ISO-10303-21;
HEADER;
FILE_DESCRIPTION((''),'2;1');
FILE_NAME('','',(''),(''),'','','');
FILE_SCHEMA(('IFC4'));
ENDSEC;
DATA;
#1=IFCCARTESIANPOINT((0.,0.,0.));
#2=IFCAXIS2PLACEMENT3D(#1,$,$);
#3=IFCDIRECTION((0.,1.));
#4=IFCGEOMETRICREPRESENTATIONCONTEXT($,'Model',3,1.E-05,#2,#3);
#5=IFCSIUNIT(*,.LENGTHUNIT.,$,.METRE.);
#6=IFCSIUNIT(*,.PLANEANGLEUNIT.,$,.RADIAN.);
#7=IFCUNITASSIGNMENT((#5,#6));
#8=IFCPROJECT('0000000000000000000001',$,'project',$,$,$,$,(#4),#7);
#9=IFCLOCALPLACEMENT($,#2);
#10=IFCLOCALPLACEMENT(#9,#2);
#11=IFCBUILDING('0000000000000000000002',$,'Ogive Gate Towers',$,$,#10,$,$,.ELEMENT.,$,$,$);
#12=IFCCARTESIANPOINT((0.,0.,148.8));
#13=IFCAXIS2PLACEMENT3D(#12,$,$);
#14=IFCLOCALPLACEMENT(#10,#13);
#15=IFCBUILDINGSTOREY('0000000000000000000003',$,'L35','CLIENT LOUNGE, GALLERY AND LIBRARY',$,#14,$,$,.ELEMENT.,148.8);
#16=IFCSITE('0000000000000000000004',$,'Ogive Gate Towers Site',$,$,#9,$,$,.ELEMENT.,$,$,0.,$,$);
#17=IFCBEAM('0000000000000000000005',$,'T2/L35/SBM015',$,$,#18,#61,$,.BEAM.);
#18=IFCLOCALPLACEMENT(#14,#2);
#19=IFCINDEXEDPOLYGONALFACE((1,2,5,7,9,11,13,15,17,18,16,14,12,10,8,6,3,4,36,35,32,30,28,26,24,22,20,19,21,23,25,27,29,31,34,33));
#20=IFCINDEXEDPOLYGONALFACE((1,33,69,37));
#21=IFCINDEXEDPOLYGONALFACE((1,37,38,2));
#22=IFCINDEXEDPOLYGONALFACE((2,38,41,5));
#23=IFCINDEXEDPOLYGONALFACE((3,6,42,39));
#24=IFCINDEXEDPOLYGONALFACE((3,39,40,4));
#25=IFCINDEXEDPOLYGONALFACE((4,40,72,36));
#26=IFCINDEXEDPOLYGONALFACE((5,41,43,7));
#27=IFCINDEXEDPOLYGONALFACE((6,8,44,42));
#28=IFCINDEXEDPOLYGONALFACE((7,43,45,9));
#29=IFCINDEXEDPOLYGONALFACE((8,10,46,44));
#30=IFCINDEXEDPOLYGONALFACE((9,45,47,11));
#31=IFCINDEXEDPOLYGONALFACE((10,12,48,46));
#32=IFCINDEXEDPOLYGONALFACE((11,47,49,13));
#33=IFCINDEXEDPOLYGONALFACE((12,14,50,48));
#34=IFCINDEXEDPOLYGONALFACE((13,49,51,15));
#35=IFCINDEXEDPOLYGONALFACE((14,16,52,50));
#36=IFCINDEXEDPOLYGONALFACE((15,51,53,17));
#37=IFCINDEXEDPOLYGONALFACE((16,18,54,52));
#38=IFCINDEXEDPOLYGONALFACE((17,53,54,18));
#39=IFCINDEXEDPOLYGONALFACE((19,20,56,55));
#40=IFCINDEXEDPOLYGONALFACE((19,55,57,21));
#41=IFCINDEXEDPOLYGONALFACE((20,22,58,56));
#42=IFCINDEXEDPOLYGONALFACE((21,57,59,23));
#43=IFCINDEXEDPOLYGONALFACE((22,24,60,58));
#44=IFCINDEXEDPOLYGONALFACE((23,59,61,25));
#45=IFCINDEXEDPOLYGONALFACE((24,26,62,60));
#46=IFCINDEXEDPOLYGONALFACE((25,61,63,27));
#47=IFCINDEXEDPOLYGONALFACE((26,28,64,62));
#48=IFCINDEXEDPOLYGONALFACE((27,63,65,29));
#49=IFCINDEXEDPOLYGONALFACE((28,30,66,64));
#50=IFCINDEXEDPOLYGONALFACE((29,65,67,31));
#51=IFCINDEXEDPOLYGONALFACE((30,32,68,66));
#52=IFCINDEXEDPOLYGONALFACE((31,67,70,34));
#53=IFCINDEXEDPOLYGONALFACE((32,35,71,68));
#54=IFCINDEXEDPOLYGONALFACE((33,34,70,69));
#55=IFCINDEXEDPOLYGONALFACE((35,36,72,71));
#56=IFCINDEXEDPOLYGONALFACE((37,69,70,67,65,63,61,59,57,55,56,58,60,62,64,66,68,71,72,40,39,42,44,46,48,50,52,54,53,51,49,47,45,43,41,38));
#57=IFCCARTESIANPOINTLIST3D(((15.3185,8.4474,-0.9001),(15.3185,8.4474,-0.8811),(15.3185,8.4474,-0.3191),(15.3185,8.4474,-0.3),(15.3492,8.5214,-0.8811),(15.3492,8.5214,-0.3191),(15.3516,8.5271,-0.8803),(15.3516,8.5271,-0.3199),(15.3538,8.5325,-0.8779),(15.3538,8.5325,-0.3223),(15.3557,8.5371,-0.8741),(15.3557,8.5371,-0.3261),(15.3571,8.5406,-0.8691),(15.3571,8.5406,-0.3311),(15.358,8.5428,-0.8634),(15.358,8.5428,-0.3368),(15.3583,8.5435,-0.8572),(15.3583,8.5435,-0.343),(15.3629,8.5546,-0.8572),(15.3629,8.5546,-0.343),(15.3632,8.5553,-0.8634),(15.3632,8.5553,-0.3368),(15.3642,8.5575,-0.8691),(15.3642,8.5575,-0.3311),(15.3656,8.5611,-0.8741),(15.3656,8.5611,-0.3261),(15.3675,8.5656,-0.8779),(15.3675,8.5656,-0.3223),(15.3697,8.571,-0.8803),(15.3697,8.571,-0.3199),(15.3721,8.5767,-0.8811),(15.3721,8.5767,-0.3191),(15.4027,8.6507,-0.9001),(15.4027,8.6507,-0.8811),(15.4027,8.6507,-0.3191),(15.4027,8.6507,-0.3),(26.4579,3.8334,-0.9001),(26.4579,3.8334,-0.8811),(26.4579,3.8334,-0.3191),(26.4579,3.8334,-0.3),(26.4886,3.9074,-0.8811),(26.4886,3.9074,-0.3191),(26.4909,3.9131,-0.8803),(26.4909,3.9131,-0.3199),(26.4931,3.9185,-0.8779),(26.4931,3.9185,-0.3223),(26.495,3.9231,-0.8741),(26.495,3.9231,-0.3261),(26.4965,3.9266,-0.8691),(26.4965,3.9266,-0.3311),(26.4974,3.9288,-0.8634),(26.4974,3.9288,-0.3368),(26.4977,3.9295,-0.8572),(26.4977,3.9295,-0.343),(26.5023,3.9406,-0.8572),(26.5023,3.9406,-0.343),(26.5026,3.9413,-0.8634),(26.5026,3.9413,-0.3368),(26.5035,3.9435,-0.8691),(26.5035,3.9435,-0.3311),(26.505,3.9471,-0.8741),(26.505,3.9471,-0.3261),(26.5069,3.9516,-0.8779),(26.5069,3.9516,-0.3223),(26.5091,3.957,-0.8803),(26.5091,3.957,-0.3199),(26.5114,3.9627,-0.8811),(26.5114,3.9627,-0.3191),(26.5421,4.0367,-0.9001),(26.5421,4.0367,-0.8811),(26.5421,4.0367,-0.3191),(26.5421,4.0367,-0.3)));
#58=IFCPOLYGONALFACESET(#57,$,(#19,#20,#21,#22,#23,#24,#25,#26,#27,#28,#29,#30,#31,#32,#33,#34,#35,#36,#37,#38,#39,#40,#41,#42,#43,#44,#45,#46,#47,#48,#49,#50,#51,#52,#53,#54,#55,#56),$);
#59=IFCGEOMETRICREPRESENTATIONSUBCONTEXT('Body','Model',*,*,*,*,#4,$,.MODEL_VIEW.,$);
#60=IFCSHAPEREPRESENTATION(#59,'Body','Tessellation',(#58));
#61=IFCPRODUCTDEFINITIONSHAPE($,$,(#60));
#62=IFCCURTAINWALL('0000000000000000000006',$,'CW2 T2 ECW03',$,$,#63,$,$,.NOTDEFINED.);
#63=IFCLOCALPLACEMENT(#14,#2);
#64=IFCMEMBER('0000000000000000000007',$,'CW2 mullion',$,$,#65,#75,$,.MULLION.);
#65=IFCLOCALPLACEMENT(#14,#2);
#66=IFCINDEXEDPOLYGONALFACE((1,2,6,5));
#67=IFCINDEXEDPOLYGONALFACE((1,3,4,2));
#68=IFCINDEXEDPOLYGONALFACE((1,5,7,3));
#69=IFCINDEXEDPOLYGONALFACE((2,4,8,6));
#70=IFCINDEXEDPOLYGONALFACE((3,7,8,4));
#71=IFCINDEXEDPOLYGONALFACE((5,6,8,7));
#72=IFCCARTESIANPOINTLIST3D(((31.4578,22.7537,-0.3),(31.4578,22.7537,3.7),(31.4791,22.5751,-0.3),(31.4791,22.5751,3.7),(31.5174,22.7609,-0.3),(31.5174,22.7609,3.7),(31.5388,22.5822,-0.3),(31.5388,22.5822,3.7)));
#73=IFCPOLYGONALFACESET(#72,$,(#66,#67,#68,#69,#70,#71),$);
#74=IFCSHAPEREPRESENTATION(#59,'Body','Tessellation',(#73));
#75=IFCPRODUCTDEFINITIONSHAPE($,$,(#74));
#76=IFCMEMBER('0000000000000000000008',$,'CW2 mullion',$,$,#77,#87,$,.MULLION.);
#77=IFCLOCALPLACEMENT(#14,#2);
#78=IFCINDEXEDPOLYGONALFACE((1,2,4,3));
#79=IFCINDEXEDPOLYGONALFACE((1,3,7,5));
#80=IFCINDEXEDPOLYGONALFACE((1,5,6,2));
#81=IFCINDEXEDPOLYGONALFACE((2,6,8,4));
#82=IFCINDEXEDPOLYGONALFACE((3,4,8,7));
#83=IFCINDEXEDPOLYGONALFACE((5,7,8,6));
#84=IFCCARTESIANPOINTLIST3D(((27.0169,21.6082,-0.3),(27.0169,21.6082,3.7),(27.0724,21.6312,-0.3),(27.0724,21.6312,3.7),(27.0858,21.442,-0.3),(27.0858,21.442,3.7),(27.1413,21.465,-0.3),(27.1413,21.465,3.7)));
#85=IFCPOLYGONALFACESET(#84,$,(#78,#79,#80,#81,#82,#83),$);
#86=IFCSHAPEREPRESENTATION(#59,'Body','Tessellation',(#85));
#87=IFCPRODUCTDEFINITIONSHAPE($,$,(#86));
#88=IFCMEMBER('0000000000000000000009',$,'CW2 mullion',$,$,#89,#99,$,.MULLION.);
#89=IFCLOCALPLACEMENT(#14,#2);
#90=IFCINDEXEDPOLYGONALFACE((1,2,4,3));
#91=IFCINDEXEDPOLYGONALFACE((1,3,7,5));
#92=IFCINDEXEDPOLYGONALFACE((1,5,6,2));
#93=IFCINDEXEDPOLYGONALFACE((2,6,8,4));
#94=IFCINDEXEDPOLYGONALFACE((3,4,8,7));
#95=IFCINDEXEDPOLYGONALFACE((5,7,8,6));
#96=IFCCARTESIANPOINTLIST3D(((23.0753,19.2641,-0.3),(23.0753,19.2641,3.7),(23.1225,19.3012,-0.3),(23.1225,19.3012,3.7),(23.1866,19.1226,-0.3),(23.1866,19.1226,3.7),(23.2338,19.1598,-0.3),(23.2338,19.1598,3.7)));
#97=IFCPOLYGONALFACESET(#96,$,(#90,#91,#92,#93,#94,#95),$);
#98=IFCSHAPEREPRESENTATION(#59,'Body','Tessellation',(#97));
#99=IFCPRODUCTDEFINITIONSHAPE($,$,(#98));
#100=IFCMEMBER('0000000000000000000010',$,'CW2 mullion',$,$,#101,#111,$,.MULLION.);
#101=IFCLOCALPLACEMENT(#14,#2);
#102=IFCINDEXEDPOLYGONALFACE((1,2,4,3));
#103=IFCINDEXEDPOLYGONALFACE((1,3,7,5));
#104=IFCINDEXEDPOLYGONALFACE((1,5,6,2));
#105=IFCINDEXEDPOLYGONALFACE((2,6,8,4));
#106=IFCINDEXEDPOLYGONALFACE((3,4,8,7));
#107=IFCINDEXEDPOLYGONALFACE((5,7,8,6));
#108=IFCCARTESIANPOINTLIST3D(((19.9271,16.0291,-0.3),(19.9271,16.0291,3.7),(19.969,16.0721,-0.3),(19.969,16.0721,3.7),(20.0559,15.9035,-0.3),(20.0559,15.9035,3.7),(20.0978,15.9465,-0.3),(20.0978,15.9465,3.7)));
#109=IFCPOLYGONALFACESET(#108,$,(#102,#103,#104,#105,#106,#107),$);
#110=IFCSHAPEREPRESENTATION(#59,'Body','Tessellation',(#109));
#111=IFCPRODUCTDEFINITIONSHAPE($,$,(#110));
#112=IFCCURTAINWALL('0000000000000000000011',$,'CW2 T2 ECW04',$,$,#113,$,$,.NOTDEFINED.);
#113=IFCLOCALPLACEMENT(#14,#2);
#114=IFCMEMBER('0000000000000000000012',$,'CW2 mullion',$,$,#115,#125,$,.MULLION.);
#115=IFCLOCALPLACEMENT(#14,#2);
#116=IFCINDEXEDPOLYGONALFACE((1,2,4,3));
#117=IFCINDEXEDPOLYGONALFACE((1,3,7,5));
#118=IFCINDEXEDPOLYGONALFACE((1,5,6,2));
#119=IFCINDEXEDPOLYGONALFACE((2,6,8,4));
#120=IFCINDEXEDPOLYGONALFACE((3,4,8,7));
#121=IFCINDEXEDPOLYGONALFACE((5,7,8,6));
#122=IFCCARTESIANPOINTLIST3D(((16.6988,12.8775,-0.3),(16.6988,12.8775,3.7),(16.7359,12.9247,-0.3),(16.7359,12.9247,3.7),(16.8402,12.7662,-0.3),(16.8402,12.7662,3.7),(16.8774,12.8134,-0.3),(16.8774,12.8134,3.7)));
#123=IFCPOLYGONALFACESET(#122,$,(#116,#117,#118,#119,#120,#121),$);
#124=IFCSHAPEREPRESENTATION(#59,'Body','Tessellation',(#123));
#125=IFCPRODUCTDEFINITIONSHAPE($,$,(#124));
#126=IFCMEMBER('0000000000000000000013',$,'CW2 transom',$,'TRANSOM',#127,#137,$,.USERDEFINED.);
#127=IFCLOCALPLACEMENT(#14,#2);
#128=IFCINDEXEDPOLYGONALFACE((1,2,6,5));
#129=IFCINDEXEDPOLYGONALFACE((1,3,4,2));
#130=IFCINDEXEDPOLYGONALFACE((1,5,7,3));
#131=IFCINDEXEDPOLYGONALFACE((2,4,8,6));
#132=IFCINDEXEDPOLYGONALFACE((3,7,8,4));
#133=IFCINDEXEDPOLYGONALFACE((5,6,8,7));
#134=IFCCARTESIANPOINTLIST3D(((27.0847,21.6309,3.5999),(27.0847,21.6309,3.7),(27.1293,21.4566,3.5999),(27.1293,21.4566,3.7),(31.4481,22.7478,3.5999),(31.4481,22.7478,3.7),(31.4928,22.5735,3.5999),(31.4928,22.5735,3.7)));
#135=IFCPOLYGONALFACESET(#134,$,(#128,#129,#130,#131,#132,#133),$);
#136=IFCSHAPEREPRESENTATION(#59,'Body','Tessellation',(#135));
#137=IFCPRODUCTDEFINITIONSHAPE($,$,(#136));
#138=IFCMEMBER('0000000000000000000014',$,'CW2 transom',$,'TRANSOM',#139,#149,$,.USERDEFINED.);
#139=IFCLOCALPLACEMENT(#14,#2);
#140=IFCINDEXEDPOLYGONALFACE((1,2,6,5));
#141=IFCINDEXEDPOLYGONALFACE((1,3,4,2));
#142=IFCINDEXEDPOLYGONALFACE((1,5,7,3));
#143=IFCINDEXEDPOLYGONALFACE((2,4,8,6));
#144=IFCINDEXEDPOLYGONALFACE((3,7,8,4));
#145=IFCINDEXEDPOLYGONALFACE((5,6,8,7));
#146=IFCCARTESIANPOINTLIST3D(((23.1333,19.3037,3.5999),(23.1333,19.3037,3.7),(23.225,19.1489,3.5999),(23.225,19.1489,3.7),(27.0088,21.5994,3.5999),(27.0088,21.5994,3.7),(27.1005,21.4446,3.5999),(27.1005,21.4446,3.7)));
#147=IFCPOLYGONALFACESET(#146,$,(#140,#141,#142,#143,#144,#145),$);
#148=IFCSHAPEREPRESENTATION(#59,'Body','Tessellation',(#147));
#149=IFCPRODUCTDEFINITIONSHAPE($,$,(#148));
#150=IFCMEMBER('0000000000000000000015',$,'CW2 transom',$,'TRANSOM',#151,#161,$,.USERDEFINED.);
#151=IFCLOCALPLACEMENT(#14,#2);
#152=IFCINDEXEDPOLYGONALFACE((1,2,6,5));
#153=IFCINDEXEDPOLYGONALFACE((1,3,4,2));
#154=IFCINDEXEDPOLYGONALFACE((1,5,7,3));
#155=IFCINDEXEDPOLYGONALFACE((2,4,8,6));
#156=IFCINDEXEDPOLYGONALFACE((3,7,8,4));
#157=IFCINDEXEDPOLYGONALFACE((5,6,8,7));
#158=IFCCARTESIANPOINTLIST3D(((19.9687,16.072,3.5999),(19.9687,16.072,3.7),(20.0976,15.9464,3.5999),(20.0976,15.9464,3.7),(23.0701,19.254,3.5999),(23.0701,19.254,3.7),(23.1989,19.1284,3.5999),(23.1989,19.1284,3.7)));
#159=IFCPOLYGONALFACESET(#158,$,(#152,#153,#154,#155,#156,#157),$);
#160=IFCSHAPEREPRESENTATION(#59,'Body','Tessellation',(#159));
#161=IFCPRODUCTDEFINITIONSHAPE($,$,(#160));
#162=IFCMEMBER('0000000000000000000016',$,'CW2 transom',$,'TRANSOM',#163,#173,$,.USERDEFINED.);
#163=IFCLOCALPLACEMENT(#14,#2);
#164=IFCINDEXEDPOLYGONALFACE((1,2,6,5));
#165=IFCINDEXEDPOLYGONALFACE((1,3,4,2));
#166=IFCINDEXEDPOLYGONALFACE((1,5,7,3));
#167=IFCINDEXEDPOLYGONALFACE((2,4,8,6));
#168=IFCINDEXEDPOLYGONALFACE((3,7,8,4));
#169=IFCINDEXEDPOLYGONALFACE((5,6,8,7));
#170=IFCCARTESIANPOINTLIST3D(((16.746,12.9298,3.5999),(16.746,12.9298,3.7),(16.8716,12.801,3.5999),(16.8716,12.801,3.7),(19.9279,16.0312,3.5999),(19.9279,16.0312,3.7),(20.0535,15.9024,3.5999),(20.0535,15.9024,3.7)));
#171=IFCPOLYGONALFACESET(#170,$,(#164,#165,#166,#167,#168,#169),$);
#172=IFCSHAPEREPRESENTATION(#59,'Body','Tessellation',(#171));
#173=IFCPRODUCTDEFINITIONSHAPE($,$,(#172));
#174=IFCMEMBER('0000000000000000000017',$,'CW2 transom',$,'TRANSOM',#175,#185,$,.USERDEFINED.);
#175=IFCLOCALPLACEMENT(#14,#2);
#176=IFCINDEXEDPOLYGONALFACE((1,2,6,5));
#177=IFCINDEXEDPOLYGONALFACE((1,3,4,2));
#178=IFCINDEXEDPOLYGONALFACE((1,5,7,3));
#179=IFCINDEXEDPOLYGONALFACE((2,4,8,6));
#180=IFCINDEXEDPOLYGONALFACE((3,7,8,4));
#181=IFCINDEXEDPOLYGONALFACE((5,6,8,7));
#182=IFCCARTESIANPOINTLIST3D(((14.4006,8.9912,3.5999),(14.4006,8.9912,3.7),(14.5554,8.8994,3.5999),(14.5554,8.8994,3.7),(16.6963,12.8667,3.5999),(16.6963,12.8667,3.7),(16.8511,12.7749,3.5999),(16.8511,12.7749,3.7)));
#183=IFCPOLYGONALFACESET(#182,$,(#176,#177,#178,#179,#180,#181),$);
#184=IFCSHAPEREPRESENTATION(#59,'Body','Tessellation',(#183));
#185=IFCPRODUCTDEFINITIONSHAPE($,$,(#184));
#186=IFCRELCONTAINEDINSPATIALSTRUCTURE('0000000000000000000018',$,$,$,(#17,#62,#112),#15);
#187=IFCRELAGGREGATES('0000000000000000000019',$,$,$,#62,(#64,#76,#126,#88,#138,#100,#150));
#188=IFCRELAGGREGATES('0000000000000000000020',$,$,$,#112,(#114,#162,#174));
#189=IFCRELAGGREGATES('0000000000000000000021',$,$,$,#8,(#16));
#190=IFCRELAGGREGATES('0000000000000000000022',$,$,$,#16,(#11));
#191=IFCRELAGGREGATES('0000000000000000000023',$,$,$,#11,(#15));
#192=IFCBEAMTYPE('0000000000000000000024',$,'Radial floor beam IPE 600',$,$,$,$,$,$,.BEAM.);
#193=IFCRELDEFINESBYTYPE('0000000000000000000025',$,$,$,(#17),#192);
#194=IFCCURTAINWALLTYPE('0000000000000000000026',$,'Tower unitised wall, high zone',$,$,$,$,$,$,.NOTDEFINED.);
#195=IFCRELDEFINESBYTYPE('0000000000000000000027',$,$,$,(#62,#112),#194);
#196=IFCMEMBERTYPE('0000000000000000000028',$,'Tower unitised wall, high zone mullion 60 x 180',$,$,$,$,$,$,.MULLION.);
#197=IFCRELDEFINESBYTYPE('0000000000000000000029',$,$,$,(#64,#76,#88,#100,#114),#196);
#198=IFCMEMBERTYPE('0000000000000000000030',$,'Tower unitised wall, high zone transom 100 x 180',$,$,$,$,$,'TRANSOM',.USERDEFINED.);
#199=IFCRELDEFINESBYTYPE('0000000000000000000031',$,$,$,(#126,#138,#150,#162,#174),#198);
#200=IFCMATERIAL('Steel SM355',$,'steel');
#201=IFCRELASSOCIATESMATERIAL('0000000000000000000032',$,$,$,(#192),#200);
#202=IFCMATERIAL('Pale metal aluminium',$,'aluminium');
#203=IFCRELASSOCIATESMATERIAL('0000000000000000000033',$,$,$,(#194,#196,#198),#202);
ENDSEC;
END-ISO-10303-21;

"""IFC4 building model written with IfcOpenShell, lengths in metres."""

from ifc_helpers import new_model, si_unit, direction, frame, origin, origin_2d, place, context, subcontext, project, spatial, rectangle, i_section, extrude, material, material_profile, profile_set, type_object, element, aggregate, save


model = new_model("IFC4")

# Units and contexts
model_context = context("Model", 3, precision=1e-05, world=origin(), true_north=direction((0.0, 1.0)))
body_context = subcontext(model_context, "Body", "Model", "MODEL_VIEW")
ifc_project = project(units=[si_unit("LENGTHUNIT", "METRE"), si_unit("PLANEANGLEUNIT", "RADIAN")], contexts=[model_context])

# Site, building, storey
site_placement = place(None, origin())
site = spatial("IfcSite", under=ifc_project, at=site_placement, Name="Ogive Gate Towers Site", CompositionType="ELEMENT", RefElevation=0.0)
building_placement = place(site_placement, origin())
building = spatial("IfcBuilding", under=site, at=building_placement, Name="Ogive Gate Towers", CompositionType="ELEMENT")
storey_placement = place(building_placement, frame((0.0, 0.0, 148.8)))
storey = spatial("IfcBuildingStorey", under=building, at=storey_placement, Name="L35", Description="CLIENT LOUNGE, GALLERY AND LIBRARY", CompositionType="ELEMENT", Elevation=148.8)

# Beam
ifc_material_1 = material(Name="Steel SM355", Category="steel")
ifc_material_profile_1 = material_profile(ifc_material_1, i_section(OverallWidth=0.22, OverallDepth=0.6001, WebThickness=0.012, FlangeThickness=0.019, FilletRadius=0.0239, at=origin_2d()), Name="IPE 600")
ifc_profile_set_1 = profile_set([ifc_material_profile_1], Name="Steel SM355")
beam_type_1 = type_object("IfcBeamType", Name="Radial floor beam IPE 600", PredefinedType="BEAM", material=ifc_profile_set_1)
beam_1_placement = place(storey_placement, frame((26.5, 3.9351, -0.6001), z_axis=(-0.923882, 0.382678, 0.0), x_axis=(-0.382678, -0.923882, 0.0)))
element("IfcBeam", 1, at=beam_1_placement, inside=storey, type_object=beam_type_1, Name="T2/L35/SBM015", PredefinedType="BEAM", context=body_context, shape_type="SweptSolid", body=[
    extrude(i_section(OverallWidth=0.22, OverallDepth=0.6001, WebThickness=0.012, FlangeThickness=0.019, FilletRadius=0.0239, at=origin_2d()), origin(), (0.0, 0.0, 1.0), 12.0571),
])

# Curtain wall, members
ifc_material_2 = material(Name="Pale metal aluminium", Category="aluminium")
curtain_wall_type = type_object("IfcCurtainWallType", Name="Tower unitised wall, high zone", PredefinedType="NOTDEFINED", material=ifc_material_2)
curtain_wall_1_placement = place(storey_placement, origin())
curtain_wall_1 = element("IfcCurtainWall", 2, at=curtain_wall_1_placement, inside=storey, type_object=curtain_wall_type, Name="CW2 T2 ECW03", PredefinedType="NOTDEFINED")
ifc_material_profile_2 = material_profile(ifc_material_2, rectangle(XDim=0.1799, YDim=0.0601, at=origin_2d()), Name="60 x 180 aluminium box")
ifc_profile_set_2 = profile_set([ifc_material_profile_2], Name="Pale metal aluminium")
member_type_1 = type_object("IfcMemberType", Name="Tower unitised wall, high zone mullion 60 x 180", PredefinedType="MULLION", material=ifc_profile_set_2)
member_1_placement = place(storey_placement, frame((31.4983, 22.668, -0.3), z_axis=(0.0, 0.0, 1.0), x_axis=(-0.118612, 0.992941, 0.0)))
member_1 = element("IfcMember", 3, at=member_1_placement, type_object=member_type_1, Name="CW2 mullion", PredefinedType="MULLION", context=body_context, shape_type="SweptSolid", body=[
    extrude(rectangle(XDim=0.1799, YDim=0.0601, at=origin_2d()), origin(), (0.0, 0.0, 1.0), 4.0),
])
member_2_placement = place(storey_placement, frame((27.0791, 21.5366, -0.3), z_axis=(0.0, 0.0, 1.0), x_axis=(-0.382683, 0.92388, 0.0)))
member_2 = element("IfcMember", 4, at=member_2_placement, type_object=member_type_1, Name="CW2 mullion", PredefinedType="MULLION", context=body_context, shape_type="SweptSolid", body=[
    extrude(rectangle(XDim=0.1799, YDim=0.0601, at=origin_2d()), origin(), (0.0, 0.0, 1.0), 4.0),
])
member_3_placement = place(storey_placement, frame((23.1545, 19.2119, -0.3), z_axis=(0.0, 0.0, 1.0), x_axis=(-0.61823, 0.785997, 0.0)))
member_3 = element("IfcMember", 5, at=member_3_placement, type_object=member_type_1, Name="CW2 mullion", PredefinedType="MULLION", context=body_context, shape_type="SweptSolid", body=[
    extrude(rectangle(XDim=0.1799, YDim=0.0601, at=origin_2d()), origin(), (0.0, 0.0, 1.0), 4.0),
])
member_4_placement = place(storey_placement, frame((20.0125, 15.9878, -0.3), z_axis=(0.0, 0.0, 1.0), x_axis=(-0.716119, 0.697978, 0.0)))
member_4 = element("IfcMember", 6, at=member_4_placement, type_object=member_type_1, Name="CW2 mullion", PredefinedType="MULLION", context=body_context, shape_type="SweptSolid", body=[
    extrude(rectangle(XDim=0.1799, YDim=0.0601, at=origin_2d()), origin(), (0.0, 0.0, 1.0), 4.0),
])

# Curtain wall, member
curtain_wall_2_placement = place(storey_placement, origin())
curtain_wall_2 = element("IfcCurtainWall", 7, at=curtain_wall_2_placement, inside=storey, type_object=curtain_wall_type, Name="CW2 T2 ECW04", PredefinedType="NOTDEFINED")
member_5_placement = place(storey_placement, frame((16.7881, 12.8455, -0.3), z_axis=(0.0, 0.0, 1.0), x_axis=(-0.785997, 0.61823, 0.0)))
member_5 = element("IfcMember", 8, at=member_5_placement, type_object=member_type_1, Name="CW2 mullion", PredefinedType="MULLION", context=body_context, shape_type="SweptSolid", body=[
    extrude(rectangle(XDim=0.1799, YDim=0.0601, at=origin_2d()), origin(), (0.0, 0.0, 1.0), 4.0),
])

# Members
ifc_material_profile_3 = material_profile(ifc_material_2, rectangle(XDim=0.1799, YDim=0.1001, at=origin_2d()), Name="100 x 180 aluminium box")
ifc_profile_set_3 = profile_set([ifc_material_profile_3], Name="Pale metal aluminium")
member_type_2 = type_object("IfcMemberType", Name="Tower unitised wall, high zone transom 100 x 180", ElementType="TRANSOM", PredefinedType="USERDEFINED", material=ifc_profile_set_3)
member_6_placement = place(storey_placement, frame((31.4705, 22.6606, 3.6499), z_axis=(-0.968766, -0.247978, 0.0), x_axis=(0.247978, -0.968766, 0.0)))
member_6 = element("IfcMember", 9, at=member_6_placement, type_object=member_type_2, Name="CW2 transom", ObjectType="TRANSOM", PredefinedType="USERDEFINED", context=body_context, shape_type="SweptSolid", body=[
    extrude(rectangle(XDim=0.1799, YDim=0.1001, at=origin_2d()), origin(), (0.0, 0.0, 1.0), 4.5042),
])
member_7_placement = place(storey_placement, frame((27.0547, 21.522, 3.6499), z_axis=(-0.860382, -0.509649, 0.0), x_axis=(0.509649, -0.860382, 0.0)))
member_7 = element("IfcMember", 10, at=member_7_placement, type_object=member_type_2, Name="CW2 transom", ObjectType="TRANSOM", PredefinedType="USERDEFINED", context=body_context, shape_type="SweptSolid", body=[
    extrude(rectangle(XDim=0.1799, YDim=0.1001, at=origin_2d()), origin(), (0.0, 0.0, 1.0), 4.5044),
])
member_8_placement = place(storey_placement, frame((23.1345, 19.1912, 3.6499), z_axis=(-0.697983, -0.716115, 0.0), x_axis=(0.716115, -0.697983, 0.0)))
member_8 = element("IfcMember", 11, at=member_8_placement, type_object=member_type_2, Name="CW2 transom", ObjectType="TRANSOM", PredefinedType="USERDEFINED", context=body_context, shape_type="SweptSolid", body=[
    extrude(rectangle(XDim=0.1799, YDim=0.1001, at=origin_2d()), origin(), (0.0, 0.0, 1.0), 4.4434),
])
member_9_placement = place(storey_placement, frame((19.9907, 15.9668, 3.6499), z_axis=(-0.716115, -0.697983, 0.0), x_axis=(0.697983, -0.716115, 0.0)))
member_9 = element("IfcMember", 12, at=member_9_placement, type_object=member_type_2, Name="CW2 transom", ObjectType="TRANSOM", PredefinedType="USERDEFINED", context=body_context, shape_type="SweptSolid", body=[
    extrude(rectangle(XDim=0.1799, YDim=0.1001, at=origin_2d()), origin(), (0.0, 0.0, 1.0), 4.4434),
])
member_10_placement = place(storey_placement, frame((16.7737, 12.8208, 3.6499), z_axis=(-0.509649, -0.860382, 0.0), x_axis=(0.860382, -0.509649, 0.0)))
member_10 = element("IfcMember", 13, at=member_10_placement, type_object=member_type_2, Name="CW2 transom", ObjectType="TRANSOM", PredefinedType="USERDEFINED", context=body_context, shape_type="SweptSolid", body=[
    extrude(rectangle(XDim=0.1799, YDim=0.1001, at=origin_2d()), origin(), (0.0, 0.0, 1.0), 4.5044),
])

aggregate(curtain_wall_1, [member_1, member_2, member_6, member_3, member_7, member_4, member_8])
aggregate(curtain_wall_2, [member_5, member_9, member_10])

save(model, "model.ifc")
